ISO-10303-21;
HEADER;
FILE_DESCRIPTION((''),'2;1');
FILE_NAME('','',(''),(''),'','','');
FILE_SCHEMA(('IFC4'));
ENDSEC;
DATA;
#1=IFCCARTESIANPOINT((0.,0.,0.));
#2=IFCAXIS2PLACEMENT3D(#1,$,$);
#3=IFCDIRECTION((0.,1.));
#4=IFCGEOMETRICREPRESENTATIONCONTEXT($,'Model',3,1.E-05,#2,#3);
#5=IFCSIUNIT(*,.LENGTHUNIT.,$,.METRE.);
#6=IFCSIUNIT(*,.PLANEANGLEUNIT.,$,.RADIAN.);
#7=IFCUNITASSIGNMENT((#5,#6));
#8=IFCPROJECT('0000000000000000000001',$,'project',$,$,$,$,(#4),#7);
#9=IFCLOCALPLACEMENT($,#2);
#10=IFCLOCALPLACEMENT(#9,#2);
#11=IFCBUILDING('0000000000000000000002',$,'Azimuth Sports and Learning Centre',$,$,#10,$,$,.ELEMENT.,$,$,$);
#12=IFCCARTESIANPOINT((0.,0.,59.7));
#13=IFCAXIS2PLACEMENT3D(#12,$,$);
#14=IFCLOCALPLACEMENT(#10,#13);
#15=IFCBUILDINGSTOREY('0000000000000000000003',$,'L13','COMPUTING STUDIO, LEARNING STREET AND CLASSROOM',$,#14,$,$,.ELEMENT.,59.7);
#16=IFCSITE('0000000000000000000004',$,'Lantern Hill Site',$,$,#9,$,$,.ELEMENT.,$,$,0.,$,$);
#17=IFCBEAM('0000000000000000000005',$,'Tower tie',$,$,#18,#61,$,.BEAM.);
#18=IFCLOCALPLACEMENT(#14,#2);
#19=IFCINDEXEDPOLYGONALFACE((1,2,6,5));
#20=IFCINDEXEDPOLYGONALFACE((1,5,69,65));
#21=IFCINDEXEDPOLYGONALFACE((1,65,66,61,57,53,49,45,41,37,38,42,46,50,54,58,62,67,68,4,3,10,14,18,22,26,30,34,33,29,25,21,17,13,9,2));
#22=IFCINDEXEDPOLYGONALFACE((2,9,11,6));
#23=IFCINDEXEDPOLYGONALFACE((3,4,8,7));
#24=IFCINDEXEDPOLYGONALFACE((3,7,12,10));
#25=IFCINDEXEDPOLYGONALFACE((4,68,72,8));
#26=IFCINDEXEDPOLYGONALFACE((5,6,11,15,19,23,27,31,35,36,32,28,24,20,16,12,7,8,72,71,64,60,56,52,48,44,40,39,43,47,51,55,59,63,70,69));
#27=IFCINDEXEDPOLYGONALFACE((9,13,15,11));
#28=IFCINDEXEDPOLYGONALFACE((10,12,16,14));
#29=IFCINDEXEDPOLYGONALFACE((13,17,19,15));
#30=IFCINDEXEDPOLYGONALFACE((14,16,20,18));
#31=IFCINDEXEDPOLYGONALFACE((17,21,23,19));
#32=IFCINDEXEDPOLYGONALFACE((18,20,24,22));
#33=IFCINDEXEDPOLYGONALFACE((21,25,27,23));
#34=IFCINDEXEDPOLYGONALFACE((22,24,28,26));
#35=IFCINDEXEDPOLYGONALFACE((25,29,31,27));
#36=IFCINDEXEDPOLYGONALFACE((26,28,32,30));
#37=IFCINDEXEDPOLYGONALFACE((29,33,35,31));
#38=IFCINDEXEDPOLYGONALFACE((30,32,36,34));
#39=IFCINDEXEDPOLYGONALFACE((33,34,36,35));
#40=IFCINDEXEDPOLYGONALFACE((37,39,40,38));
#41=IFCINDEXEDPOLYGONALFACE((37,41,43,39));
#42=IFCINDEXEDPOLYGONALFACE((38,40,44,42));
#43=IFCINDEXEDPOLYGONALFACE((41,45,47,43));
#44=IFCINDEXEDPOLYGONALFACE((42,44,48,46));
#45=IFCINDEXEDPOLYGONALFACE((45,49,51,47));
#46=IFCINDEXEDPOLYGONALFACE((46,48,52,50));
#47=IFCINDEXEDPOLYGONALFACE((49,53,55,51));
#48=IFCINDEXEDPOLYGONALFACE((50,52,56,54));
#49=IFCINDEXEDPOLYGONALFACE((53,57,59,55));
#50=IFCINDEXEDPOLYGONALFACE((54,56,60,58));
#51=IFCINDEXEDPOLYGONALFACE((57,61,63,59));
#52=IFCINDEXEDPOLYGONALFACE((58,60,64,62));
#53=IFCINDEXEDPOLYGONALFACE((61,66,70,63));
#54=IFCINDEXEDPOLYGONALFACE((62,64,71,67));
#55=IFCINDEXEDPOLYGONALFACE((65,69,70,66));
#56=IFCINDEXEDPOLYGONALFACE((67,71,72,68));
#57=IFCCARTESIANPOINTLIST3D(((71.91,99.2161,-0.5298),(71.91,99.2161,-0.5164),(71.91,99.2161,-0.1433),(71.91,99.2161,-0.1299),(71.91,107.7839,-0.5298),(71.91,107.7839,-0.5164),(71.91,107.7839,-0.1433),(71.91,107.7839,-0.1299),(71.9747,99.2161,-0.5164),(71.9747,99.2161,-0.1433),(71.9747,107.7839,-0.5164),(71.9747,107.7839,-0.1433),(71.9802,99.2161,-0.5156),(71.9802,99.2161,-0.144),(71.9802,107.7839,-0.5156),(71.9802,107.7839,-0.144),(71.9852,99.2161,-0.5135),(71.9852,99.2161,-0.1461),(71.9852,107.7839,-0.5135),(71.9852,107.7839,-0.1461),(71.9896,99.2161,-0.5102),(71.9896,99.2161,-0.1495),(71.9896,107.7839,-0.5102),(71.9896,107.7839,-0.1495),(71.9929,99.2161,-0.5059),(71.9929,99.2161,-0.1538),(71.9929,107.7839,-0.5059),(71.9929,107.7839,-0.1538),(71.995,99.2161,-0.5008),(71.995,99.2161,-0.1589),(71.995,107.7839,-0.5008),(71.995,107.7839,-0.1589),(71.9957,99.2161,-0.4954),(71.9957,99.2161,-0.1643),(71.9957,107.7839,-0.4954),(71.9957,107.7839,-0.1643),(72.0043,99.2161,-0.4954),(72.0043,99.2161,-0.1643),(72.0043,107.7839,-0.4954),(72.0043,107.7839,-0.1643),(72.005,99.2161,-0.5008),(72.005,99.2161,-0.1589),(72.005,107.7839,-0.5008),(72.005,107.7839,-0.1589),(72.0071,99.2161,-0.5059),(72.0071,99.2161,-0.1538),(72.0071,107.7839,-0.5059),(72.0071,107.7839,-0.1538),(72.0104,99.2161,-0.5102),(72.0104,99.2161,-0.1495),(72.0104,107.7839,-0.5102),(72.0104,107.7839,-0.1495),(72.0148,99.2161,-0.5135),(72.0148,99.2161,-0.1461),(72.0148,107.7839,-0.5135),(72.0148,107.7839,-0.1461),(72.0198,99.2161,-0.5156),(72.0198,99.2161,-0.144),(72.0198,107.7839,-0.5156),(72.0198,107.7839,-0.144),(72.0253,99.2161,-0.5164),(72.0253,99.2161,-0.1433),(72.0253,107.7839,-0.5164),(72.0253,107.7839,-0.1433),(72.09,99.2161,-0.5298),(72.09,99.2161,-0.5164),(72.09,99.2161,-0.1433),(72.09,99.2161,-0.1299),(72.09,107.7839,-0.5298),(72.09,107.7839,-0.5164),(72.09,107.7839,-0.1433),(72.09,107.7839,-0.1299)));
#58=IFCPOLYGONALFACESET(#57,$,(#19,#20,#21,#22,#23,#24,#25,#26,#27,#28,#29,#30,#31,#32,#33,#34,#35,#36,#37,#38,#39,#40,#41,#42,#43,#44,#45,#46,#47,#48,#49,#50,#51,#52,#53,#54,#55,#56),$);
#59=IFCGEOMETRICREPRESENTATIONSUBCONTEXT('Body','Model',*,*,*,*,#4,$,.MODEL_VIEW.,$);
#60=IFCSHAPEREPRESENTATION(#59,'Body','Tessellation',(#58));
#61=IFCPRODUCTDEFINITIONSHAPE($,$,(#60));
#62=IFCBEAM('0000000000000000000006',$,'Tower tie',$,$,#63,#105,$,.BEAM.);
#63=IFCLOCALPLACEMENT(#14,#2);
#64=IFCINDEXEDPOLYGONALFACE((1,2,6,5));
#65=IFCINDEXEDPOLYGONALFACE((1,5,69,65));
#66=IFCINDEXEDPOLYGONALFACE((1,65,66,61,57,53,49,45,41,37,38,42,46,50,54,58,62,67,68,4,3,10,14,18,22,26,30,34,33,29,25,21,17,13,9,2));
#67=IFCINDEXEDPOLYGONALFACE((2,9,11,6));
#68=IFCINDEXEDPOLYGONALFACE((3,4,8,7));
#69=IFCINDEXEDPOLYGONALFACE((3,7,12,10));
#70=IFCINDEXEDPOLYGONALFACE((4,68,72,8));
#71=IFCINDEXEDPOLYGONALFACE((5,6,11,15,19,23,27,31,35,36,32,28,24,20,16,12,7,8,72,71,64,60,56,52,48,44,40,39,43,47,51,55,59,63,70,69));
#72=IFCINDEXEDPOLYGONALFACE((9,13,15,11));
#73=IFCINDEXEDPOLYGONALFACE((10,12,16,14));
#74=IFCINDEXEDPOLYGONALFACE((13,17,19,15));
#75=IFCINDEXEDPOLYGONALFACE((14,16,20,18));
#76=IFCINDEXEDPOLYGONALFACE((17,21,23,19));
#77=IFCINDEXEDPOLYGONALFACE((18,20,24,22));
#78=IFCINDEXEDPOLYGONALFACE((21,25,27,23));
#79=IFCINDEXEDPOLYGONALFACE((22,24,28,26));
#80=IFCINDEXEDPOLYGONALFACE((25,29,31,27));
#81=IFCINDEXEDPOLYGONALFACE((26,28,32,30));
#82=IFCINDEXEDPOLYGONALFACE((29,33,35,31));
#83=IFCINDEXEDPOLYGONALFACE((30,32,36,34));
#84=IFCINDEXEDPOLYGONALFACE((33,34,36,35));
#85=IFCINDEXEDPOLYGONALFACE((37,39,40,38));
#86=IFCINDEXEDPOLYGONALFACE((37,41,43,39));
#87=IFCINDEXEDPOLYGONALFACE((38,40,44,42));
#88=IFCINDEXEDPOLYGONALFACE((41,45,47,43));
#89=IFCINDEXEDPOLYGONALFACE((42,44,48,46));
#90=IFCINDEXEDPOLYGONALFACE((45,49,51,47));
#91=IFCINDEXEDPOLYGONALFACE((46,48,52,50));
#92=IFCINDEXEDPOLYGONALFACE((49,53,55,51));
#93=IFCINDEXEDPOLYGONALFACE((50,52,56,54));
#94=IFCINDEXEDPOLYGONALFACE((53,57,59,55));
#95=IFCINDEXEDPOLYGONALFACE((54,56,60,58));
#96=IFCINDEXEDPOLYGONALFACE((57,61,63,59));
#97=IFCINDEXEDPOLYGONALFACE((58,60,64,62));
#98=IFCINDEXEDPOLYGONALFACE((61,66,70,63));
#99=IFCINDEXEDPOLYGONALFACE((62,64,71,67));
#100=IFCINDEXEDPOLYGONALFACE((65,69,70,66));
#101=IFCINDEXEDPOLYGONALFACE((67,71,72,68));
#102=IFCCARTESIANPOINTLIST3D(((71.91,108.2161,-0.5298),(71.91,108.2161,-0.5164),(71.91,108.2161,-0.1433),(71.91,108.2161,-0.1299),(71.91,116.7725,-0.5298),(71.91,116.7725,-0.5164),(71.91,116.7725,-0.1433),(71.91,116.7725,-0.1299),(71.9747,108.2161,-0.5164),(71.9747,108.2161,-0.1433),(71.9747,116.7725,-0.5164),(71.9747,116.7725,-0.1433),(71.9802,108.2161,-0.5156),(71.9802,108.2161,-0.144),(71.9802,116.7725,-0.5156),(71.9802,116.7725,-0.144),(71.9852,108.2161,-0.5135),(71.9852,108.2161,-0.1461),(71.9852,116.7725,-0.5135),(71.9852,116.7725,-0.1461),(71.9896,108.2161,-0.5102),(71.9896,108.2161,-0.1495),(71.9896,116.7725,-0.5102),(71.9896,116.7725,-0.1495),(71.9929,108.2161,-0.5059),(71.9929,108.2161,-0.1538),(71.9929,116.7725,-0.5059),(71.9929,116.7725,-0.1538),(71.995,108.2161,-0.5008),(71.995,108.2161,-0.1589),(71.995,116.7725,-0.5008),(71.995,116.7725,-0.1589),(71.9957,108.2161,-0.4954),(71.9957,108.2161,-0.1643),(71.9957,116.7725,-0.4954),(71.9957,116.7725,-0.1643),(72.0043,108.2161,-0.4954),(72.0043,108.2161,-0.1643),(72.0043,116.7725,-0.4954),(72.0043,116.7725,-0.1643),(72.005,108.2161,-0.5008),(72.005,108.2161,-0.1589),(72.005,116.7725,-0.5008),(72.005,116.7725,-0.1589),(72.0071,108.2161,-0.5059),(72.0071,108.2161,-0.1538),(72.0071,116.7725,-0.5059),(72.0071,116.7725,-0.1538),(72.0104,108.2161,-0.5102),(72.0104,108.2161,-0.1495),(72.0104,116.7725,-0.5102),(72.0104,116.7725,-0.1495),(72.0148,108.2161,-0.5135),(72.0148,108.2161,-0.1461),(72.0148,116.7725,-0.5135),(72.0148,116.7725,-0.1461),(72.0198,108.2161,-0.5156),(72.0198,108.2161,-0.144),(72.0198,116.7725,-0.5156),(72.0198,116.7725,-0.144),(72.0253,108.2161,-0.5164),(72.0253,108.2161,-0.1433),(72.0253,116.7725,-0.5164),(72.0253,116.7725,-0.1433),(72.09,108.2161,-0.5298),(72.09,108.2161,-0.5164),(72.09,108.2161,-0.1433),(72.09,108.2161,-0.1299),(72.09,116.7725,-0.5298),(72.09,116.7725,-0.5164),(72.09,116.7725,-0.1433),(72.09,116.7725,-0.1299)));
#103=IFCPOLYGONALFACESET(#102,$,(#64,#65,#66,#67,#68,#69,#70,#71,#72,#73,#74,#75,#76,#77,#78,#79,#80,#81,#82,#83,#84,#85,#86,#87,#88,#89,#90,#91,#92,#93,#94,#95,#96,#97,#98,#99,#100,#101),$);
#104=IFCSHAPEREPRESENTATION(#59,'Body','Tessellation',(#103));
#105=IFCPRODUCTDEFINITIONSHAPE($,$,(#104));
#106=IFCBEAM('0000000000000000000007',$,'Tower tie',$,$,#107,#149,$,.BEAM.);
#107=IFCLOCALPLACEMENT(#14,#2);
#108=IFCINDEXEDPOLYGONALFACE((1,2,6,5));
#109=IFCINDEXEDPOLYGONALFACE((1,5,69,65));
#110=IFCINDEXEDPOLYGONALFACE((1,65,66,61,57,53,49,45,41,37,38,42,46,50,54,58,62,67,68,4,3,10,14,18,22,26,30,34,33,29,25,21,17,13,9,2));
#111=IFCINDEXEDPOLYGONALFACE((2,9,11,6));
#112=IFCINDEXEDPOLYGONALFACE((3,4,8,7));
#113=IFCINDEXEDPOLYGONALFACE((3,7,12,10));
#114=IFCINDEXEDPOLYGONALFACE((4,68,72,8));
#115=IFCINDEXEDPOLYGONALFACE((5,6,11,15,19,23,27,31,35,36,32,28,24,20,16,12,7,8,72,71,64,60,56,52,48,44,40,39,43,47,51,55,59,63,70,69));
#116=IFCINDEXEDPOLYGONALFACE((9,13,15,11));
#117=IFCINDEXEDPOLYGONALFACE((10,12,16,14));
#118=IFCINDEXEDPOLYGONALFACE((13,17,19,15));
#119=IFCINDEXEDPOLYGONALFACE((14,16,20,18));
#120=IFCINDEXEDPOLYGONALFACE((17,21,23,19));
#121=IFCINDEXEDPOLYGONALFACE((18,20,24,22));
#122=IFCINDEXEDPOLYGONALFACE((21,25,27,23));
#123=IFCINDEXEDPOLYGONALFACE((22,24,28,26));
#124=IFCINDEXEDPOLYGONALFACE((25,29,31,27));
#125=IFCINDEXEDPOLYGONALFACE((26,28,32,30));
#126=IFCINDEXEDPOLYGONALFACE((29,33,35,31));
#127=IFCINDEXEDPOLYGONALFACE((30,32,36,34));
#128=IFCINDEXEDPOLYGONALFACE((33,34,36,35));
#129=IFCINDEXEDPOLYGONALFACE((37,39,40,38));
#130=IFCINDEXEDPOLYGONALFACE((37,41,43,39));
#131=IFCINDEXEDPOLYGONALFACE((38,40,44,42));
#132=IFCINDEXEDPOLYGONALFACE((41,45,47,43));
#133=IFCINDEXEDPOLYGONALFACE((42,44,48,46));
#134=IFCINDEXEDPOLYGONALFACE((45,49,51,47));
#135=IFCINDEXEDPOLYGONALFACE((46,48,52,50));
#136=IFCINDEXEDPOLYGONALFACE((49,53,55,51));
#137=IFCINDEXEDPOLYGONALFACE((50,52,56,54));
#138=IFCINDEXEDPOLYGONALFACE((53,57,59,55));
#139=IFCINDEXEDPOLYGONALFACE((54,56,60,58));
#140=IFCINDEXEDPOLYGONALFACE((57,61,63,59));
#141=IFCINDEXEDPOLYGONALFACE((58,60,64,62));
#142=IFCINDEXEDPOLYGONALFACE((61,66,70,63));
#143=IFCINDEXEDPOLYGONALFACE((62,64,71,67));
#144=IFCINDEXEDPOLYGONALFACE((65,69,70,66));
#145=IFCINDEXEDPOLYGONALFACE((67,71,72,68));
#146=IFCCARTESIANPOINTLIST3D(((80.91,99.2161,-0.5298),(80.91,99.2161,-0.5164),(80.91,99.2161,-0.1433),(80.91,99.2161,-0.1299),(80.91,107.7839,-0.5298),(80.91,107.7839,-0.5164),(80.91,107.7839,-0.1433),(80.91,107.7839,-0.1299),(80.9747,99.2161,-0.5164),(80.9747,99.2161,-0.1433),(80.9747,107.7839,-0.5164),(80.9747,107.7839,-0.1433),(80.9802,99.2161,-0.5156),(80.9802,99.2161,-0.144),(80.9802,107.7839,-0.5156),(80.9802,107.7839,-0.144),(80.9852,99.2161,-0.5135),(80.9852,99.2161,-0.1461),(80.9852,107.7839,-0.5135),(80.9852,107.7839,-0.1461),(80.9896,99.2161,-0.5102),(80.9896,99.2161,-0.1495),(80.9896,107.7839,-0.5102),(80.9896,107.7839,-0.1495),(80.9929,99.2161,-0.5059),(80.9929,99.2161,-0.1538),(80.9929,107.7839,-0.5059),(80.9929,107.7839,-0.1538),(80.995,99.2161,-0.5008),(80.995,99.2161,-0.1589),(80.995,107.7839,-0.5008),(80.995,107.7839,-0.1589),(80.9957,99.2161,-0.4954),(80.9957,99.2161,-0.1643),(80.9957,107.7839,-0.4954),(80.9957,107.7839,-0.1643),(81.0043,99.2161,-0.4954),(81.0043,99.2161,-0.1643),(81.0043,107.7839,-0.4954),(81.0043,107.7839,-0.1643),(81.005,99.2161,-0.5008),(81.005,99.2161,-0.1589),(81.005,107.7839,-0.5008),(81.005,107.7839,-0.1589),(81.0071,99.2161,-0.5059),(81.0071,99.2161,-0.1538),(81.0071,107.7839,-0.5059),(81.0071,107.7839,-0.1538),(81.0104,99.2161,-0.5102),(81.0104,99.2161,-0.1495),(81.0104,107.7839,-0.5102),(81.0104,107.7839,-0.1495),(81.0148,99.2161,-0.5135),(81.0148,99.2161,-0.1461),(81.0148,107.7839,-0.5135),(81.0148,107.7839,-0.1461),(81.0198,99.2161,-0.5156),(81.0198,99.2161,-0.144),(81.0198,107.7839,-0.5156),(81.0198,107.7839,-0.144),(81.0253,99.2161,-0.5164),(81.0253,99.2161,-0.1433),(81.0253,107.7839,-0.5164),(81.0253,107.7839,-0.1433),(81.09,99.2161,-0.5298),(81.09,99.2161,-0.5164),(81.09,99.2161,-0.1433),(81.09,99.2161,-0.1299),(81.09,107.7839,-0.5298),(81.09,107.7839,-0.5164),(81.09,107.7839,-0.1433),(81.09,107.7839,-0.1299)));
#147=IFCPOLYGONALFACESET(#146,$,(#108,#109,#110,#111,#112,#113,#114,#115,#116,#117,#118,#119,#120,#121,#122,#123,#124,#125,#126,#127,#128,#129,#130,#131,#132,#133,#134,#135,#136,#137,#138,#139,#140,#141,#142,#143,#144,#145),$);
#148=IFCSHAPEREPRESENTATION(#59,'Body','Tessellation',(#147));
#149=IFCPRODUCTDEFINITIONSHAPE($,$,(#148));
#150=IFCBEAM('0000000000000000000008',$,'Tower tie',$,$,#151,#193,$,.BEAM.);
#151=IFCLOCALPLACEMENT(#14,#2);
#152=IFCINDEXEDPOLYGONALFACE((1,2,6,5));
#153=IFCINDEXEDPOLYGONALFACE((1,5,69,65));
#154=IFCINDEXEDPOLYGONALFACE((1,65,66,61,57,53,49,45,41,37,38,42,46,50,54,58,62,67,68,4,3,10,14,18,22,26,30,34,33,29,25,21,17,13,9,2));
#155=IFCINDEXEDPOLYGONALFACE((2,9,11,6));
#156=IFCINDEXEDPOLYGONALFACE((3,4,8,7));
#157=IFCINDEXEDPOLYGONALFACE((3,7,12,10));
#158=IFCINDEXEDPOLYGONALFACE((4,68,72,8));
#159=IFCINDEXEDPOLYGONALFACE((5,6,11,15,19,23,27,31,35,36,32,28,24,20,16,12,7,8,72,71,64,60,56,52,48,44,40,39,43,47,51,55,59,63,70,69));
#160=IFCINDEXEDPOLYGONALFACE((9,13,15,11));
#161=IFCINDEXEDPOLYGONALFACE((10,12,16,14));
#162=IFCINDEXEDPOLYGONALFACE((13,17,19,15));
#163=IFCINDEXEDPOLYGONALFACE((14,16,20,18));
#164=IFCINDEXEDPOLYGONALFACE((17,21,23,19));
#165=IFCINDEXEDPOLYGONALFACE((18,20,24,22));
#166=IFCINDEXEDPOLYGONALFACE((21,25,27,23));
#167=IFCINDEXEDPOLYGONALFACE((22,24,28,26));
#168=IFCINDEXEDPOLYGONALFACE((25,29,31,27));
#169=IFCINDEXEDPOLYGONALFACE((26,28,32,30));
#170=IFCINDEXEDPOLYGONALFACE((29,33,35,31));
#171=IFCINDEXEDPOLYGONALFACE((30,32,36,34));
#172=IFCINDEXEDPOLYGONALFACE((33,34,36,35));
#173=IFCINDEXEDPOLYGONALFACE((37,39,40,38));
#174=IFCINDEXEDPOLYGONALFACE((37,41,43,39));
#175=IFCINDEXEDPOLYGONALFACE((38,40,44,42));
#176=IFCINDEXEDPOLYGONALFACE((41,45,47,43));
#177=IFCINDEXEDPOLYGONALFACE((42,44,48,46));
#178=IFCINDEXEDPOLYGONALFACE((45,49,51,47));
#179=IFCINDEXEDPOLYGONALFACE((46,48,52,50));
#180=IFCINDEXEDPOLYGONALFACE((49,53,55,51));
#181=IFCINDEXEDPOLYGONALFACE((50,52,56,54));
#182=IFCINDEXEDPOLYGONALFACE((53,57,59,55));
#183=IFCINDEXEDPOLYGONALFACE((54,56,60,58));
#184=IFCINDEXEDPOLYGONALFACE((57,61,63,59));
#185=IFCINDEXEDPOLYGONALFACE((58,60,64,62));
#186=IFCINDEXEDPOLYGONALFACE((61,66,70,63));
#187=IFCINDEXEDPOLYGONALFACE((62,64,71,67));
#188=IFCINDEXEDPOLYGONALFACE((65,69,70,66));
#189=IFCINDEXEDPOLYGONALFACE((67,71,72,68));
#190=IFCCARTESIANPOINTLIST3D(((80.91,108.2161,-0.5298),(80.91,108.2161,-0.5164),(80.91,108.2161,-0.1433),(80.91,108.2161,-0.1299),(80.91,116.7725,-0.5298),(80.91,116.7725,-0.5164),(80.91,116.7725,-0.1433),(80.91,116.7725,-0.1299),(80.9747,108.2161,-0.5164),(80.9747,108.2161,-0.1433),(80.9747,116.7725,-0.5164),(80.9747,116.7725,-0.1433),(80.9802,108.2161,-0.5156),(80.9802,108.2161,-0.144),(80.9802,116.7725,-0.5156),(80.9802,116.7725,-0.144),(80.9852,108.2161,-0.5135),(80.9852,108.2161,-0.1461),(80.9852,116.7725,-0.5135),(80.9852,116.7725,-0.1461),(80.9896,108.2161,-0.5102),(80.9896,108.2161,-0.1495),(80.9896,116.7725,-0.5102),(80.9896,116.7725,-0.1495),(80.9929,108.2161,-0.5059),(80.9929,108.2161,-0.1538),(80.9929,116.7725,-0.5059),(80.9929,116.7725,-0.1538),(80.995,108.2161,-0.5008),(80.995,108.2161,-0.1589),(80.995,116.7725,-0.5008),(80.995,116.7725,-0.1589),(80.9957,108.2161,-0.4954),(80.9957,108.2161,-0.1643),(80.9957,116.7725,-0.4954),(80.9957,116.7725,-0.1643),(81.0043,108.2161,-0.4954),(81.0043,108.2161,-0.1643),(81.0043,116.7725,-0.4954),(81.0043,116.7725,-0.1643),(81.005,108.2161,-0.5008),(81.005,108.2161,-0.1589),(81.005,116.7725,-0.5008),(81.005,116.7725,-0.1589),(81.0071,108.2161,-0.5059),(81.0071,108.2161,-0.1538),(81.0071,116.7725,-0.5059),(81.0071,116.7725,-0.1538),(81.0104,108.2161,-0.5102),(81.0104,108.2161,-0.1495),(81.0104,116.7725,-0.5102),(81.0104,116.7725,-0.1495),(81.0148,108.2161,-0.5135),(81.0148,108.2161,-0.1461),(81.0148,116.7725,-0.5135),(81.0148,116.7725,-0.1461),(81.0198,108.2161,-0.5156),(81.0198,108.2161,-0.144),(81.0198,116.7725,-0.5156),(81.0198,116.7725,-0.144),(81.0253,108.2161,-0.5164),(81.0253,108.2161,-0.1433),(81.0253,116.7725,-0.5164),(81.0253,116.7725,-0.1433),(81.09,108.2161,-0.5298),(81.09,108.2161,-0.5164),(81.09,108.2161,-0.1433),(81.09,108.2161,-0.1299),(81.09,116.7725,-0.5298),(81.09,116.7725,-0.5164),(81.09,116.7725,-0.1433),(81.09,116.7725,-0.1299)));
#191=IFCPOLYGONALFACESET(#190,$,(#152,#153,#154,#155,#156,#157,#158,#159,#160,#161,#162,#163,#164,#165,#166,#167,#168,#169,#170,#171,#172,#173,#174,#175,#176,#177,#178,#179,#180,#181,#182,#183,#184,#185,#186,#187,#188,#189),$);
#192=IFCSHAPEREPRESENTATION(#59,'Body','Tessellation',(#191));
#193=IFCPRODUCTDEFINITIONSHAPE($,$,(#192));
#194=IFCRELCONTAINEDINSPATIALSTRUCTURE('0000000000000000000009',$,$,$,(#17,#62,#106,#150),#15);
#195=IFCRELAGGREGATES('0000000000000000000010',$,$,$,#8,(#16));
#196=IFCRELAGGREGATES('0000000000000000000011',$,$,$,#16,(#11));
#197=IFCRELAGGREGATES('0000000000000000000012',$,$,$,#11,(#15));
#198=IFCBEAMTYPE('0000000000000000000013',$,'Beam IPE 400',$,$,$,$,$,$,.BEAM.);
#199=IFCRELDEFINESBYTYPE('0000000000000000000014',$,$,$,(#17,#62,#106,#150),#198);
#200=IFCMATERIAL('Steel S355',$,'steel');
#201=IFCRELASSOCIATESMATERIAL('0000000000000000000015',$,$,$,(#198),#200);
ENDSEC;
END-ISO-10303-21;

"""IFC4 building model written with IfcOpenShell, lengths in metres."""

from ifc_helpers import new_model, si_unit, direction, frame, origin, origin_2d, place, context, subcontext, project, spatial, i_section, extrude, material, material_profile, profile_set, type_object, element, save


model = new_model("IFC4")

# Units and contexts
model_context = context("Model", 3, precision=1e-05, world=origin(), true_north=direction((0.0, 1.0)))
body_context = subcontext(model_context, "Body", "Model", "MODEL_VIEW")
ifc_project = project(units=[si_unit("LENGTHUNIT", "METRE"), si_unit("PLANEANGLEUNIT", "RADIAN")], contexts=[model_context])

# Site, building, storey
site_placement = place(None, origin())
site = spatial("IfcSite", under=ifc_project, at=site_placement, Name="Lantern Hill Site", CompositionType="ELEMENT", RefElevation=0.0)
building_placement = place(site_placement, origin())
building = spatial("IfcBuilding", under=site, at=building_placement, Name="Azimuth Sports and Learning Centre", CompositionType="ELEMENT")
storey_placement = place(building_placement, frame((0.0, 0.0, 59.7)))
storey = spatial("IfcBuildingStorey", under=building, at=storey_placement, Name="L13", Description="COMPUTING STUDIO, LEARNING STREET AND CLASSROOM", CompositionType="ELEMENT", Elevation=59.7)

# Beams
ifc_material_1 = material(Name="Steel S355", Category="steel")
ifc_material_profile_1 = material_profile(ifc_material_1, i_section(OverallWidth=0.1799, OverallDepth=0.3999, WebThickness=0.0085, FlangeThickness=0.0134, FilletRadius=0.021, at=origin_2d()), Name="IPE 400")
ifc_profile_set_1 = profile_set([ifc_material_profile_1], Name="Steel S355")
beam_type_1 = type_object("IfcBeamType", Name="Beam IPE 400", PredefinedType="BEAM", material=ifc_profile_set_1)
beam_1_placement = place(storey_placement, frame((72.0, 99.2161, -0.3298), z_axis=(0.0, 1.0, 0.0), x_axis=(-1.0, 0.0, 0.0)))
element("IfcBeam", 1, at=beam_1_placement, inside=storey, type_object=beam_type_1, Name="Tower tie", PredefinedType="BEAM", context=body_context, shape_type="SweptSolid", body=[
    extrude(i_section(OverallWidth=0.1799, OverallDepth=0.3999, WebThickness=0.0085, FlangeThickness=0.0134, FilletRadius=0.021, at=origin_2d()), origin(), (0.0, 0.0, 1.0), 8.5679),
])
beam_2_placement = place(storey_placement, frame((72.0, 108.2161, -0.3298), z_axis=(0.0, 1.0, 0.0), x_axis=(-1.0, 0.0, 0.0)))
element("IfcBeam", 2, at=beam_2_placement, inside=storey, type_object=beam_type_1, Name="Tower tie", PredefinedType="BEAM", context=body_context, shape_type="SweptSolid", body=[
    extrude(i_section(OverallWidth=0.1799, OverallDepth=0.3999, WebThickness=0.0085, FlangeThickness=0.0134, FilletRadius=0.021, at=origin_2d()), origin(), (0.0, 0.0, 1.0), 8.5564),
])
beam_3_placement = place(storey_placement, frame((81.0, 99.2161, -0.3298), z_axis=(0.0, 1.0, 0.0), x_axis=(-1.0, 0.0, 0.0)))
element("IfcBeam", 3, at=beam_3_placement, inside=storey, type_object=beam_type_1, Name="Tower tie", PredefinedType="BEAM", context=body_context, shape_type="SweptSolid", body=[
    extrude(i_section(OverallWidth=0.1799, OverallDepth=0.3999, WebThickness=0.0085, FlangeThickness=0.0134, FilletRadius=0.021, at=origin_2d()), origin(), (0.0, 0.0, 1.0), 8.5679),
])
beam_4_placement = place(storey_placement, frame((81.0, 108.2161, -0.3298), z_axis=(0.0, 1.0, 0.0), x_axis=(-1.0, 0.0, 0.0)))
element("IfcBeam", 4, at=beam_4_placement, inside=storey, type_object=beam_type_1, Name="Tower tie", PredefinedType="BEAM", context=body_context, shape_type="SweptSolid", body=[
    extrude(i_section(OverallWidth=0.1799, OverallDepth=0.3999, WebThickness=0.0085, FlangeThickness=0.0134, FilletRadius=0.021, at=origin_2d()), origin(), (0.0, 0.0, 1.0), 8.5564),
])

save(model, "model.ifc")
